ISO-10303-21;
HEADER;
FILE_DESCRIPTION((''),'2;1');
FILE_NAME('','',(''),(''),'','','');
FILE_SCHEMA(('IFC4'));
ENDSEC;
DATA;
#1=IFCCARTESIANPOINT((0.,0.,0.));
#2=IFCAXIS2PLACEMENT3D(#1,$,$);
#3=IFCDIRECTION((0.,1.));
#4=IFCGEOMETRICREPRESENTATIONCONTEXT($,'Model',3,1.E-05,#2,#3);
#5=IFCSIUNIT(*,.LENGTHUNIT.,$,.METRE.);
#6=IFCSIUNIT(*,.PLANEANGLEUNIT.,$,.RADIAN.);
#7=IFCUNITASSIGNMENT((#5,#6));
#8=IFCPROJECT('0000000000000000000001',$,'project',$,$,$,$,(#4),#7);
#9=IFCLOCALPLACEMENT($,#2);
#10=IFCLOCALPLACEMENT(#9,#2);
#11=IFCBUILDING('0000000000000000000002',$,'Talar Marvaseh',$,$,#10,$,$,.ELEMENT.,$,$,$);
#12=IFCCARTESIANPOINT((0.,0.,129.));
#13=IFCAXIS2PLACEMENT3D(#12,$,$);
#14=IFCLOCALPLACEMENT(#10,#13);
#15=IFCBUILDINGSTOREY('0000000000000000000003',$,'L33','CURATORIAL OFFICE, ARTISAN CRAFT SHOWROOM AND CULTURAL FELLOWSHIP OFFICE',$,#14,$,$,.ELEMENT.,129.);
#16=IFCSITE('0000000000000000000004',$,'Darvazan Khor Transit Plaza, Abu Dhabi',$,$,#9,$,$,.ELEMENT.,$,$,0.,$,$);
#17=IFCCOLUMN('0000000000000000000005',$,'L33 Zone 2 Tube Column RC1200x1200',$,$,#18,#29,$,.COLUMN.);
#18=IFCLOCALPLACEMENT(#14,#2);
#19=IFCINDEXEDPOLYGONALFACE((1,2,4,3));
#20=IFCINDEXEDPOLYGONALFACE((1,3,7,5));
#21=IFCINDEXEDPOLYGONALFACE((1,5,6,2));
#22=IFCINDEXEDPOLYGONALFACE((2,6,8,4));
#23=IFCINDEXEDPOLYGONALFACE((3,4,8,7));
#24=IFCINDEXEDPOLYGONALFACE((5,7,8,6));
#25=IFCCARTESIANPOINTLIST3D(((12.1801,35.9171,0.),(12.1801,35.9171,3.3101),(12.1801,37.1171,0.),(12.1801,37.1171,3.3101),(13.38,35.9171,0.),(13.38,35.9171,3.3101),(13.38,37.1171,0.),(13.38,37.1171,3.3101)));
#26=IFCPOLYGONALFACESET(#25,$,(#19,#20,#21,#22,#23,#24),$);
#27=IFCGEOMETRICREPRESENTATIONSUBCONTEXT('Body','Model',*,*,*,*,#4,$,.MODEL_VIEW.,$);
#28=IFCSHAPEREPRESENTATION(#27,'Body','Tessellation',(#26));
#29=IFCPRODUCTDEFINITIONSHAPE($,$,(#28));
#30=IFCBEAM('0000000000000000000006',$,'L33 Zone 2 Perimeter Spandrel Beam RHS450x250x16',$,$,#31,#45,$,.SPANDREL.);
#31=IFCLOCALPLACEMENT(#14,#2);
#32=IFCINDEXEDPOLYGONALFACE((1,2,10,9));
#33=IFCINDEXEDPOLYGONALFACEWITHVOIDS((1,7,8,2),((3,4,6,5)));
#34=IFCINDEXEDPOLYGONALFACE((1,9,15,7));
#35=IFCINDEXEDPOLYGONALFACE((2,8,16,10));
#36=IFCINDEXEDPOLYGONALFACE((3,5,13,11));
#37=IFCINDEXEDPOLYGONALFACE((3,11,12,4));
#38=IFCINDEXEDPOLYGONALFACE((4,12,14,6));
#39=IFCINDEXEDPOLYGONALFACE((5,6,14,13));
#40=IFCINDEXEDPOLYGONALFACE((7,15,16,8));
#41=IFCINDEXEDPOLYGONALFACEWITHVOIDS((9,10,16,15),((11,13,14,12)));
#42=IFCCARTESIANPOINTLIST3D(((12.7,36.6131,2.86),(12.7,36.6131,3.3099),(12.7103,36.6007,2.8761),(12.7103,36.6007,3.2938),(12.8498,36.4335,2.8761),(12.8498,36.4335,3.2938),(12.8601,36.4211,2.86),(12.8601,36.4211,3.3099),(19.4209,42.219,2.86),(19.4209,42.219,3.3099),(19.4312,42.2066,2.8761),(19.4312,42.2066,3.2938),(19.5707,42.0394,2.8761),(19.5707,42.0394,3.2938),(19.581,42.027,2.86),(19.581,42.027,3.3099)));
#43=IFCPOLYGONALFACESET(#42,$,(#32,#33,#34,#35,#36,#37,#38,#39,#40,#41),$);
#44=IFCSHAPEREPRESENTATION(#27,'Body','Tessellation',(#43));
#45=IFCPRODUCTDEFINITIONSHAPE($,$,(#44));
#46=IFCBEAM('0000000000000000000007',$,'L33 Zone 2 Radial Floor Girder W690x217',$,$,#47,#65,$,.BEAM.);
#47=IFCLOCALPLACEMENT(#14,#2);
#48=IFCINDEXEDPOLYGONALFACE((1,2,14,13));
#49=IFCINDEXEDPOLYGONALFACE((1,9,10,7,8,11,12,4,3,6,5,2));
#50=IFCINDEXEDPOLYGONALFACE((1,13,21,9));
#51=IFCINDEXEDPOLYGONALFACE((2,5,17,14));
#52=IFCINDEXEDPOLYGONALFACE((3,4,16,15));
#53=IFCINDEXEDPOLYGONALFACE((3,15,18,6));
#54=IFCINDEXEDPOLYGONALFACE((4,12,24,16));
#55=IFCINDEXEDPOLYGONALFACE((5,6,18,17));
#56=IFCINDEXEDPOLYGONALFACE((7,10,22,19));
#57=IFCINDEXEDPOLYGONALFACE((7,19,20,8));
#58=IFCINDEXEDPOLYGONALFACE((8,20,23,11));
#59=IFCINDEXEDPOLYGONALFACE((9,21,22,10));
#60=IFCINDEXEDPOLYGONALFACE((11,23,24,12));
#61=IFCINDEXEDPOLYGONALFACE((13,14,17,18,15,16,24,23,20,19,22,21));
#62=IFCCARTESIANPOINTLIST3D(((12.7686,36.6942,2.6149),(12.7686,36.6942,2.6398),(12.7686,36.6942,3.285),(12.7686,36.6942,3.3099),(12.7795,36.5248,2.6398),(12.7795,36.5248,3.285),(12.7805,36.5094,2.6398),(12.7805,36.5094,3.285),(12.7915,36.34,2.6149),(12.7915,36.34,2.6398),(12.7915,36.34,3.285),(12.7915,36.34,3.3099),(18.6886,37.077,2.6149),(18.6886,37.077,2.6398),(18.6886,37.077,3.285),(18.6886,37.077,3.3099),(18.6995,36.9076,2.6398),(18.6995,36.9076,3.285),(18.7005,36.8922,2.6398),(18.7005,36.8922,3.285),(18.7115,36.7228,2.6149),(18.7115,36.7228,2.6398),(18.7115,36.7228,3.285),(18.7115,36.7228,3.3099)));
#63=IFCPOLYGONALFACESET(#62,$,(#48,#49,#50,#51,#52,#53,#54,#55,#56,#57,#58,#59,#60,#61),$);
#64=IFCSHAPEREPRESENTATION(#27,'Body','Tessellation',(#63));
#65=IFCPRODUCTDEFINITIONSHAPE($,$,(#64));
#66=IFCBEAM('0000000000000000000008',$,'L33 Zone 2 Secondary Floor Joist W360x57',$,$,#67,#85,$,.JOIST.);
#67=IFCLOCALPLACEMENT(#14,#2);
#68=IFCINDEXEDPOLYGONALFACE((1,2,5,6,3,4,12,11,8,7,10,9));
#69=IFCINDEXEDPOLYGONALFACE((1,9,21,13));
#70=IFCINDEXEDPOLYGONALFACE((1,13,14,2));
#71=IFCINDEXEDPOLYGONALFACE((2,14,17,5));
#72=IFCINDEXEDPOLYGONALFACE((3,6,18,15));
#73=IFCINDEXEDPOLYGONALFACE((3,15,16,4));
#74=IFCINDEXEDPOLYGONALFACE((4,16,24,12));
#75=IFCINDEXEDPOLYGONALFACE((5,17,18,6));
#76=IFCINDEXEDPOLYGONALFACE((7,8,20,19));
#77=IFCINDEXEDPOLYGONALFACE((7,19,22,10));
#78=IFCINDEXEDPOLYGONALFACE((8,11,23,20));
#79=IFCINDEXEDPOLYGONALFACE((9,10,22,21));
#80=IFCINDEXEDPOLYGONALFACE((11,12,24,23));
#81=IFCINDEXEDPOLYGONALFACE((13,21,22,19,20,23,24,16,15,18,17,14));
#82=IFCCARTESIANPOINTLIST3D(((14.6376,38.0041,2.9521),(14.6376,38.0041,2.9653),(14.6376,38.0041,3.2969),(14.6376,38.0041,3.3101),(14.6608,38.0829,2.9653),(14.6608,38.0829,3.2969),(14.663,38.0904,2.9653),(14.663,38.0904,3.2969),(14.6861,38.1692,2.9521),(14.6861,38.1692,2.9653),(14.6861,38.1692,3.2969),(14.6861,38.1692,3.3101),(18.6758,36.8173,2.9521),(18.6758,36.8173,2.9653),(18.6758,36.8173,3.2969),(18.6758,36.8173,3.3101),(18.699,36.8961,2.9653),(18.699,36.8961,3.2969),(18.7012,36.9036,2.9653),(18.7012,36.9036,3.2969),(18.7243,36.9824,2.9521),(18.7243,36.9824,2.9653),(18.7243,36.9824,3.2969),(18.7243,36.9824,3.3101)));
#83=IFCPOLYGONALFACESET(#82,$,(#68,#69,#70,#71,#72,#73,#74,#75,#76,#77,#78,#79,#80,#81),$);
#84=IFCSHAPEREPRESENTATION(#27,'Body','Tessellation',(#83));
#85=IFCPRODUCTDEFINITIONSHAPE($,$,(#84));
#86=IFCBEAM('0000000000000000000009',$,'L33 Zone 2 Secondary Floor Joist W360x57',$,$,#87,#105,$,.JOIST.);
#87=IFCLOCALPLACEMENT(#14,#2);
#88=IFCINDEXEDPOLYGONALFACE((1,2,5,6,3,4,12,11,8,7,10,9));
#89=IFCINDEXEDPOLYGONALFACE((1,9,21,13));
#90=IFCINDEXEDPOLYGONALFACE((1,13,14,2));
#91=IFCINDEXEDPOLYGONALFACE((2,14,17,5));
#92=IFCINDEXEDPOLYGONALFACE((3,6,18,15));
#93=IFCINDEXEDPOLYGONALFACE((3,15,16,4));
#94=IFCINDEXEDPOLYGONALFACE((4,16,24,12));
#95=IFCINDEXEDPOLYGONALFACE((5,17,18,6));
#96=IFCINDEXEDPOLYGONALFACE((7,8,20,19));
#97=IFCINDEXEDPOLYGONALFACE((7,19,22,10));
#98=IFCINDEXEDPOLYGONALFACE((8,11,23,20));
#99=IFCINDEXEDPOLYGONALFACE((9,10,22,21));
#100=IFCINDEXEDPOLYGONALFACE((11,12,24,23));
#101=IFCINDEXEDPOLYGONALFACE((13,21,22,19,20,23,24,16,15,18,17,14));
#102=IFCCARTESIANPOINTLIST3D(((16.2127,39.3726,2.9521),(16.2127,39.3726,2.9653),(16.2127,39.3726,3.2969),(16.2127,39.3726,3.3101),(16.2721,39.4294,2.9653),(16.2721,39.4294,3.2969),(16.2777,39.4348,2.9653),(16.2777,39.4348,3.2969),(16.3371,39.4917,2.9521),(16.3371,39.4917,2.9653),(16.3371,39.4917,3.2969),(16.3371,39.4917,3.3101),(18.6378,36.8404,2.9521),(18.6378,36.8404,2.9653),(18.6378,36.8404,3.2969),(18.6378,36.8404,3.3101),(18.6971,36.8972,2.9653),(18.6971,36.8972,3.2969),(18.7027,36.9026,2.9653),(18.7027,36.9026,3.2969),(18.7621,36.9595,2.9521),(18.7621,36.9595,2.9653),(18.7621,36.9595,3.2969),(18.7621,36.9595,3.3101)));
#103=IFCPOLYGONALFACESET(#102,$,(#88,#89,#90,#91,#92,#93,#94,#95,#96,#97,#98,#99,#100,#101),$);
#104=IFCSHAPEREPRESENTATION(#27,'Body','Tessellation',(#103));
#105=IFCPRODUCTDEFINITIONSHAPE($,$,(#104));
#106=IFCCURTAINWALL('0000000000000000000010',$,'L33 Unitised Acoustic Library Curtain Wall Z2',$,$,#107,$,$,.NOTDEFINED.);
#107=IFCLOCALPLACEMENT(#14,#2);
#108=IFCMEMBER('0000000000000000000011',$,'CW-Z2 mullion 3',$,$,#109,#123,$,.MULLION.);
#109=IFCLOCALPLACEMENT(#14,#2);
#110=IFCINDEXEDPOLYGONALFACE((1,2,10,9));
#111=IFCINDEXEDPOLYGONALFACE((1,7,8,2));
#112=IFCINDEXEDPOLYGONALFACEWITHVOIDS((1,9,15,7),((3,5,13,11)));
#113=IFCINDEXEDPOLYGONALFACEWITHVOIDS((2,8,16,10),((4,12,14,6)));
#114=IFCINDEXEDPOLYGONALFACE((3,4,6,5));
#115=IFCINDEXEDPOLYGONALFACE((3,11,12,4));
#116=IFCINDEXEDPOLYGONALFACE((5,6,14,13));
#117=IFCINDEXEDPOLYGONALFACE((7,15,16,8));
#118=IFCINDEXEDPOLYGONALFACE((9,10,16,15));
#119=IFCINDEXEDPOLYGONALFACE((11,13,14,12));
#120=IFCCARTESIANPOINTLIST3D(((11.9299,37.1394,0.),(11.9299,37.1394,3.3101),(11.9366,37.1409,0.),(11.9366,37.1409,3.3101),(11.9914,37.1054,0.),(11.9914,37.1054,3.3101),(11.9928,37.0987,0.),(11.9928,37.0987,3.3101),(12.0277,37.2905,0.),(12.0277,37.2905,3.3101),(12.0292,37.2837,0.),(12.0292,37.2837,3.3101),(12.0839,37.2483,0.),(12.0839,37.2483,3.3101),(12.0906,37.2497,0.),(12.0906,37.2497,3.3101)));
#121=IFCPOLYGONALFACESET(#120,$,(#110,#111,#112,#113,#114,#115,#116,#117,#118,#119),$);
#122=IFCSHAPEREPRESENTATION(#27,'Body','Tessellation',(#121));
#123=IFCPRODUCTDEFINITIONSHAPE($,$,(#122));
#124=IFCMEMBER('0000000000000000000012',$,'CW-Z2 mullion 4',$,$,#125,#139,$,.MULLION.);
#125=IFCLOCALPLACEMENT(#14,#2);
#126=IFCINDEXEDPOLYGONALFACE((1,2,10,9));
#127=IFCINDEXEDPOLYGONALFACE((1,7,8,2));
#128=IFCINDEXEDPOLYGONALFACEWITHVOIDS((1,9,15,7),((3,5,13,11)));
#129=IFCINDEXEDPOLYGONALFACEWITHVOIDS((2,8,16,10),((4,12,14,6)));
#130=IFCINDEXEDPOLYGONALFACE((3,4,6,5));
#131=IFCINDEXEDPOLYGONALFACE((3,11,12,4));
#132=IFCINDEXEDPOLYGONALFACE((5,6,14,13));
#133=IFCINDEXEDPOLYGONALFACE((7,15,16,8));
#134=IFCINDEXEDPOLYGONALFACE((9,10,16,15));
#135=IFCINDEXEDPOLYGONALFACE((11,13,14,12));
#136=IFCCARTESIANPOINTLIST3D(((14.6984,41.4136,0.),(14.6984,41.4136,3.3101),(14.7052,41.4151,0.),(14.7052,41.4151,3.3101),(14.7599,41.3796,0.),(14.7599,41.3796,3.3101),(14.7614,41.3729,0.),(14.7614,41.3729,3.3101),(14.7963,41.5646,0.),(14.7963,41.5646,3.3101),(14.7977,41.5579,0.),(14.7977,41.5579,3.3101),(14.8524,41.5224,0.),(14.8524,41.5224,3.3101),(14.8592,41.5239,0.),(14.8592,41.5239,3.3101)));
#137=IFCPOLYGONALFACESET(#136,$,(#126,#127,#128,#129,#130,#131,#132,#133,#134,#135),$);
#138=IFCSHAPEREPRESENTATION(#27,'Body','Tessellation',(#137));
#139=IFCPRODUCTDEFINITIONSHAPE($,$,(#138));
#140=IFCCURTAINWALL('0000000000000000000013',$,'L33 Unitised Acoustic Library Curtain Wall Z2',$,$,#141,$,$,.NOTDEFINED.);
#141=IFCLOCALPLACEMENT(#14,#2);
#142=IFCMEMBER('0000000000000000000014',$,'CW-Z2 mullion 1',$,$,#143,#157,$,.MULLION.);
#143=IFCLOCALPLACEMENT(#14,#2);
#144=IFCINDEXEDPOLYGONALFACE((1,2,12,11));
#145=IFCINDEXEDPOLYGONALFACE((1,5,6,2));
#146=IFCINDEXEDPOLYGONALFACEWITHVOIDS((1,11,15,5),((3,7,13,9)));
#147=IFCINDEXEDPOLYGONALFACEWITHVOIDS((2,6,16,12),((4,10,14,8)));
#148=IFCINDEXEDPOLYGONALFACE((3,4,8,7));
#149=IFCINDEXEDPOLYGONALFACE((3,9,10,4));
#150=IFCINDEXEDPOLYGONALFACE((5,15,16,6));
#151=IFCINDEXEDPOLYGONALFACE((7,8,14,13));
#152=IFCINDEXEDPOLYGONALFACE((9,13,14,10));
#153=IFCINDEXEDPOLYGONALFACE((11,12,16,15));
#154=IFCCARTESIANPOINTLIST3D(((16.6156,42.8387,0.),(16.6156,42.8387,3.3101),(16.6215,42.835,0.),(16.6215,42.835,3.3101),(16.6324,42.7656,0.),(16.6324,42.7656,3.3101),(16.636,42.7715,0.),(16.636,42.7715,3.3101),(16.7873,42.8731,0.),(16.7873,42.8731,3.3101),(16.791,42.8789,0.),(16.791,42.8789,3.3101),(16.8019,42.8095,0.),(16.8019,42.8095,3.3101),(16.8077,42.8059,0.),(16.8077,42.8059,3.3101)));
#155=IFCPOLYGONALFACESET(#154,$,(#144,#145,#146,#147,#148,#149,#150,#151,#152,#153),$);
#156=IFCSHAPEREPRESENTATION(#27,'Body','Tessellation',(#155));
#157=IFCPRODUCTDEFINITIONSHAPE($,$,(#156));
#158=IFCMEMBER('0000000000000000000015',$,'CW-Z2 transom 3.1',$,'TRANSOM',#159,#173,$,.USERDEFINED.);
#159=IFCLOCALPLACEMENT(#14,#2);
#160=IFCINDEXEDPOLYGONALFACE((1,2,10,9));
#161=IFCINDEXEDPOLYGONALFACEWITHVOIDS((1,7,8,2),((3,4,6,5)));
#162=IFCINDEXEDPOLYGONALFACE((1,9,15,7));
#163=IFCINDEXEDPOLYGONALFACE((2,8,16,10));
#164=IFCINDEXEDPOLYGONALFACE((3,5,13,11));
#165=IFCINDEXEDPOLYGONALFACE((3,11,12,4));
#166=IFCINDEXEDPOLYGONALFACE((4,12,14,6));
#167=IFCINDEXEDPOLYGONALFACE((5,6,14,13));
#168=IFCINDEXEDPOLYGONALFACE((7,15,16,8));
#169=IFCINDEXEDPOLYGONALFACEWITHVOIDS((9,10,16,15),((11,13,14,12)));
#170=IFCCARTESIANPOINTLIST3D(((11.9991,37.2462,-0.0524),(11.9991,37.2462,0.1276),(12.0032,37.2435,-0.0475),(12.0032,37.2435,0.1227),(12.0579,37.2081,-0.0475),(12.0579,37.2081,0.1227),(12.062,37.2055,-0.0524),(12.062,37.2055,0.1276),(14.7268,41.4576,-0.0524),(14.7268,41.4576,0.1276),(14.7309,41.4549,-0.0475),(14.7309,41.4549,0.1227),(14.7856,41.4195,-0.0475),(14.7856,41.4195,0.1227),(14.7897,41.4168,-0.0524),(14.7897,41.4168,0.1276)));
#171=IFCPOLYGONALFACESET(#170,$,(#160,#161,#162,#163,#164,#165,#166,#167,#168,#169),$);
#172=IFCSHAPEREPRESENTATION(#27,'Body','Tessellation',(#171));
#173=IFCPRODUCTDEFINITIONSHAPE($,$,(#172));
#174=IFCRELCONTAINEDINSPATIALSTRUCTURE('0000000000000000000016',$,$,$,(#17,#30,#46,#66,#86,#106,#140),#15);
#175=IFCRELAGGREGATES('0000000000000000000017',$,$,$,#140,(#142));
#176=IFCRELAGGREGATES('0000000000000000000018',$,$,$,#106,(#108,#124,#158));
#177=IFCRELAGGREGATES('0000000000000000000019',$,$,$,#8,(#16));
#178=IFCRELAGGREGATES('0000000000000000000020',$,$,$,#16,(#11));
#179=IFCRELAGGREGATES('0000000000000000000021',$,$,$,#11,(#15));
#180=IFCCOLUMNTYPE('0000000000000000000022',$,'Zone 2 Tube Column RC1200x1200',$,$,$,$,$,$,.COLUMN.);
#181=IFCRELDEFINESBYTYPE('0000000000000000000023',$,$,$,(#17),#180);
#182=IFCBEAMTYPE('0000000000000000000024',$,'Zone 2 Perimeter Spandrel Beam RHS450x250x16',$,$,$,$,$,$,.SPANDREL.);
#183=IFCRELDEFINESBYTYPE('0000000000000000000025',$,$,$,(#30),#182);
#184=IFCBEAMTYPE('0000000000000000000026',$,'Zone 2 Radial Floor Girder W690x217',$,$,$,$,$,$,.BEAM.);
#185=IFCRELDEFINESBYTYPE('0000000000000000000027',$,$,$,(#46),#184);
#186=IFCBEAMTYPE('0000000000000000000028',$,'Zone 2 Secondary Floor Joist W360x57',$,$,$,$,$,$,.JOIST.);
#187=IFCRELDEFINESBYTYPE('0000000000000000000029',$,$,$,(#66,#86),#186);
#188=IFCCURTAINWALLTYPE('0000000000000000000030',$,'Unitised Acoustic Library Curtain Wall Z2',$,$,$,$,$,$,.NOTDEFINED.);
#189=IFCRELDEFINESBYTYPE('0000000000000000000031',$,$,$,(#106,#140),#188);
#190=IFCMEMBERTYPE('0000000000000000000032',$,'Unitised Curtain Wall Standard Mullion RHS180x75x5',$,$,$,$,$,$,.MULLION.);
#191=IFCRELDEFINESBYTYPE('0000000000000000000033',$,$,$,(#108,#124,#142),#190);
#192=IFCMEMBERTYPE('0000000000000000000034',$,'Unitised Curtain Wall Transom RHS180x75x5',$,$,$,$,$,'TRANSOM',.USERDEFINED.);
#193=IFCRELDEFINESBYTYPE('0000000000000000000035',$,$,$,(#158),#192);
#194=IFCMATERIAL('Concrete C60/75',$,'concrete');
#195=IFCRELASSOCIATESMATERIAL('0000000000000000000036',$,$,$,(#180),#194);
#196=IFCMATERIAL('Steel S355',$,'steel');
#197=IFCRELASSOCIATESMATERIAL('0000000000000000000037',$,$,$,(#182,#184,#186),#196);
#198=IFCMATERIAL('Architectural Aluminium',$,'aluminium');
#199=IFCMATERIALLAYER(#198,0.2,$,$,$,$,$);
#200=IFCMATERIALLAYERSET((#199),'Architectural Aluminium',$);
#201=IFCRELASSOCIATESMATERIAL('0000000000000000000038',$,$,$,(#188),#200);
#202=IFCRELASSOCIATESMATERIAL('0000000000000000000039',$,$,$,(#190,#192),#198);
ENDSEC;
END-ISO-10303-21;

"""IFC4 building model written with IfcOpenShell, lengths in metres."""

from ifc_helpers import new_model, si_unit, direction, frame, origin, origin_2d, place, context, subcontext, project, spatial, rectangle, hollow_rectangle, i_section, extrude, source, transform, mapped, material, layer, layer_set, material_profile, profile_set, type_object, type_shapes, element, aggregate, save


model = new_model("IFC4")

# Units and contexts
model_context = context("Model", 3, precision=1e-05, world=origin(), true_north=direction((0.0, 1.0)))
body_context = subcontext(model_context, "Body", "Model", "MODEL_VIEW")
ifc_project = project(units=[si_unit("LENGTHUNIT", "METRE"), si_unit("PLANEANGLEUNIT", "RADIAN")], contexts=[model_context])

# Site, building, storey
site_placement = place(None, origin())
site = spatial("IfcSite", under=ifc_project, at=site_placement, Name="Darvazan Khor Transit Plaza, Abu Dhabi", CompositionType="ELEMENT", RefElevation=0.0)
building_placement = place(site_placement, origin())
building = spatial("IfcBuilding", under=site, at=building_placement, Name="Talar Marvaseh", CompositionType="ELEMENT")
storey_placement = place(building_placement, frame((0.0, 0.0, 129.0)))
storey = spatial("IfcBuildingStorey", under=building, at=storey_placement, Name="L33", Description="CURATORIAL OFFICE, ARTISAN CRAFT SHOWROOM AND CULTURAL FELLOWSHIP OFFICE", CompositionType="ELEMENT", Elevation=129.0)

# Column
ifc_material_1 = material(Name="Concrete C60/75", Category="concrete")
ifc_material_profile_1 = material_profile(ifc_material_1, rectangle(XDim=1.2, YDim=1.2, at=origin_2d()), Name="RC1200x1200")
ifc_profile_set_1 = profile_set([ifc_material_profile_1], Name="Concrete C60/75")
column_type = type_object("IfcColumnType", Name="Zone 2 Tube Column RC1200x1200", PredefinedType="COLUMN", material=ifc_profile_set_1)
column_placement = place(storey_placement, frame((12.78, 36.5171, 0.0), z_axis=(0.0, 0.0, 1.0), x_axis=(1.0, 0.0, 0.0)))
element("IfcColumn", 1, at=column_placement, inside=storey, type_object=column_type, Name="L33 Zone 2 Tube Column RC1200x1200", PredefinedType="COLUMN", context=body_context, shape_type="SweptSolid", body=[
    extrude(rectangle(XDim=1.2, YDim=1.2, at=origin_2d()), origin(), (0.0, 0.0, 1.0), 3.3101),
])

# Beams
ifc_material_2 = material(Name="Steel S355", Category="steel")
ifc_material_profile_2 = material_profile(ifc_material_2, hollow_rectangle(XDim=0.25, YDim=0.45, WallThickness=0.0161, at=origin_2d()), Name="RHS450x250x16")
ifc_profile_set_2 = profile_set([ifc_material_profile_2], Name="Steel S355")
beam_type_1 = type_object("IfcBeamType", Name="Zone 2 Perimeter Spandrel Beam RHS450x250x16", PredefinedType="SPANDREL", material=ifc_profile_set_2)
beam_1_placement = place(storey_placement, frame((12.78, 36.5171, 3.085), z_axis=(0.767931, 0.640533, 0.0), x_axis=(-0.640533, 0.767931, 0.0)))
element("IfcBeam", 2, at=beam_1_placement, inside=storey, type_object=beam_type_1, Name="L33 Zone 2 Perimeter Spandrel Beam RHS450x250x16", PredefinedType="SPANDREL", context=body_context, shape_type="SweptSolid", body=[
    extrude(hollow_rectangle(XDim=0.25, YDim=0.45, WallThickness=0.0161, at=origin_2d()), origin(), (0.0, 0.0, 1.0), 8.752),
])
ifc_material_profile_3 = material_profile(ifc_material_2, i_section(OverallWidth=0.355, OverallDepth=0.6951, WebThickness=0.0154, FlangeThickness=0.0249, at=origin_2d()), Name="W690x217")
ifc_profile_set_3 = profile_set([ifc_material_profile_3], Name="Steel S355")
beam_type_2 = type_object("IfcBeamType", Name="Zone 2 Radial Floor Girder W690x217", PredefinedType="BEAM", material=ifc_profile_set_3)
beam_2_placement = place(storey_placement, frame((12.78, 36.5171, 2.9624), z_axis=(0.997916, 0.06453, 0.0), x_axis=(-0.06453, 0.997916, 0.0)))
element("IfcBeam", 3, at=beam_2_placement, inside=storey, type_object=beam_type_2, Name="L33 Zone 2 Radial Floor Girder W690x217", PredefinedType="BEAM", context=body_context, shape_type="SweptSolid", body=[
    extrude(i_section(OverallWidth=0.355, OverallDepth=0.6951, WebThickness=0.0154, FlangeThickness=0.0249, at=origin_2d()), origin(), (0.0, 0.0, 1.0), 5.9324),
])
ifc_material_profile_4 = material_profile(ifc_material_2, i_section(OverallWidth=0.1721, OverallDepth=0.3579, WebThickness=0.0078, FlangeThickness=0.0132, at=origin_2d()), Name="W360x57")
ifc_profile_set_4 = profile_set([ifc_material_profile_4], Name="Steel S355")
beam_type_3 = type_object("IfcBeamType", Name="Zone 2 Secondary Floor Joist W360x57", PredefinedType="JOIST", material=ifc_profile_set_4)
beam_3_placement = place(storey_placement, frame((14.6619, 38.0867, 3.1311), z_axis=(0.959424, -0.281968, 0.0), x_axis=(0.281968, 0.959424, 0.0)))
element("IfcBeam", 4, at=beam_3_placement, inside=storey, type_object=beam_type_3, Name="L33 Zone 2 Secondary Floor Joist W360x57", PredefinedType="JOIST", context=body_context, shape_type="SweptSolid", body=[
    extrude(i_section(OverallWidth=0.1721, OverallDepth=0.3579, WebThickness=0.0078, FlangeThickness=0.0132, at=origin_2d()), origin(), (0.0, 0.0, 1.0), 4.209),
])
beam_4_placement = place(storey_placement, frame((16.2749, 39.4321, 3.1311), z_axis=(0.691657, -0.722226, 0.0), x_axis=(0.722226, 0.691657, 0.0)))
element("IfcBeam", 5, at=beam_4_placement, inside=storey, type_object=beam_type_3, Name="L33 Zone 2 Secondary Floor Joist W360x57", PredefinedType="JOIST", context=body_context, shape_type="SweptSolid", body=[
    extrude(i_section(OverallWidth=0.1721, OverallDepth=0.3579, WebThickness=0.0078, FlangeThickness=0.0132, at=origin_2d()), origin(), (0.0, 0.0, 1.0), 3.5061),
])

# Curtain wall, members
ifc_material_3 = material(Name="Architectural Aluminium", Category="aluminium")
ifc_layer_1 = layer(ifc_material_3, 0.2)
ifc_layer_set_1 = layer_set([ifc_layer_1], Name="Architectural Aluminium")
curtain_wall_type = type_object("IfcCurtainWallType", Name="Unitised Acoustic Library Curtain Wall Z2", PredefinedType="NOTDEFINED", material=ifc_layer_set_1)
curtain_wall_1_placement = place(storey_placement, origin())
curtain_wall_1 = element("IfcCurtainWall", 6, at=curtain_wall_1_placement, inside=storey, type_object=curtain_wall_type, Name="L33 Unitised Acoustic Library Curtain Wall Z2", PredefinedType="NOTDEFINED")
ifc_material_profile_5 = material_profile(ifc_material_3, hollow_rectangle(XDim=0.075, YDim=0.1799, WallThickness=0.0049, at=origin_2d()), Name="RHS180x75x5")
ifc_profile_set_5 = profile_set([ifc_material_profile_5], Name="Architectural Aluminium")
member_type_1 = type_object("IfcMemberType", Name="Unitised Curtain Wall Standard Mullion RHS180x75x5", PredefinedType="MULLION", material=ifc_profile_set_5)
shared_shape_1 = source(origin(), body_context, "Body", "SweptSolid", [
    extrude(hollow_rectangle(XDim=0.075, YDim=0.1799, WallThickness=0.0049, at=origin_2d()), origin(), (0.0, 0.0, 1.0), 3.3101),
])
type_shapes(member_type_1, [shared_shape_1])
member_1_placement = place(storey_placement, frame((12.0103, 37.1946, 0.0), z_axis=(0.0, 0.0, 1.0), x_axis=(-0.839315, 0.543646, 0.0)))
member_1 = element("IfcMember", 7, at=member_1_placement, type_object=member_type_1, Name="CW-Z2 mullion 3", PredefinedType="MULLION", context=body_context, shape_type="MappedRepresentation", body=[
    mapped(shared_shape_1, transform((0.0, 0.0, 0.0), x_axis=(1.0, 0.0, 0.0), y_axis=(0.0, 1.0, 0.0), z_axis=(0.0, 0.0, 1.0), scale=1.0)),
])
member_2_placement = place(storey_placement, frame((14.7788, 41.4688, 0.0), z_axis=(0.0, 0.0, 1.0), x_axis=(-0.839315, 0.543646, 0.0)))
member_2 = element("IfcMember", 8, at=member_2_placement, type_object=member_type_1, Name="CW-Z2 mullion 4", PredefinedType="MULLION", context=body_context, shape_type="MappedRepresentation", body=[
    mapped(shared_shape_1, transform((0.0, 0.0, 0.0), x_axis=(1.0, 0.0, 0.0), y_axis=(0.0, 1.0, 0.0), z_axis=(0.0, 0.0, 1.0), scale=1.0)),
])

# Curtain wall, member
curtain_wall_2_placement = place(storey_placement, origin())
curtain_wall_2 = element("IfcCurtainWall", 9, at=curtain_wall_2_placement, inside=storey, type_object=curtain_wall_type, Name="L33 Unitised Acoustic Library Curtain Wall Z2", PredefinedType="NOTDEFINED")
member_3_placement = place(storey_placement, frame((16.7117, 42.8223, 0.0), z_axis=(0.0, 0.0, 1.0), x_axis=(-0.223793, 0.974637, 0.0)))
member_3 = element("IfcMember", 10, at=member_3_placement, type_object=member_type_1, Name="CW-Z2 mullion 1", PredefinedType="MULLION", context=body_context, shape_type="MappedRepresentation", body=[
    mapped(shared_shape_1, transform((0.0, 0.0, 0.0), x_axis=(1.0, 0.0, 0.0), y_axis=(0.0, 1.0, 0.0), z_axis=(0.0, 0.0, 1.0), scale=1.0)),
])
aggregate(curtain_wall_2, [member_3])

# Member
ifc_material_profile_6 = material_profile(ifc_material_3, hollow_rectangle(XDim=0.075, YDim=0.1799, WallThickness=0.0049, at=origin_2d()), Name="RHS180x75x5")
ifc_profile_set_6 = profile_set([ifc_material_profile_6], Name="Architectural Aluminium")
member_type_2 = type_object("IfcMemberType", Name="Unitised Curtain Wall Transom RHS180x75x5", ElementType="TRANSOM", PredefinedType="USERDEFINED", material=ifc_profile_set_6)
shared_shape_2 = source(origin(), body_context, "Body", "SweptSolid", [
    extrude(hollow_rectangle(XDim=0.075, YDim=0.1799, WallThickness=0.0049, at=origin_2d()), origin(), (0.0, 0.0, 1.0), 5.0176),
])
type_shapes(member_type_2, [shared_shape_2])
member_4_placement = place(storey_placement, frame((12.0305, 37.2258, 0.0376), z_axis=(0.543637, 0.839321, 0.0), x_axis=(-0.839321, 0.543637, 0.0)))
member_4 = element("IfcMember", 11, at=member_4_placement, type_object=member_type_2, Name="CW-Z2 transom 3.1", ObjectType="TRANSOM", PredefinedType="USERDEFINED", context=body_context, shape_type="MappedRepresentation", body=[
    mapped(shared_shape_2, transform((0.0, 0.0, 0.0), x_axis=(1.0, 0.0, 0.0), y_axis=(0.0, 1.0, 0.0), z_axis=(0.0, 0.0, 1.0), scale=1.0)),
])

aggregate(curtain_wall_1, [member_1, member_2, member_4])

save(model, "model.ifc")
